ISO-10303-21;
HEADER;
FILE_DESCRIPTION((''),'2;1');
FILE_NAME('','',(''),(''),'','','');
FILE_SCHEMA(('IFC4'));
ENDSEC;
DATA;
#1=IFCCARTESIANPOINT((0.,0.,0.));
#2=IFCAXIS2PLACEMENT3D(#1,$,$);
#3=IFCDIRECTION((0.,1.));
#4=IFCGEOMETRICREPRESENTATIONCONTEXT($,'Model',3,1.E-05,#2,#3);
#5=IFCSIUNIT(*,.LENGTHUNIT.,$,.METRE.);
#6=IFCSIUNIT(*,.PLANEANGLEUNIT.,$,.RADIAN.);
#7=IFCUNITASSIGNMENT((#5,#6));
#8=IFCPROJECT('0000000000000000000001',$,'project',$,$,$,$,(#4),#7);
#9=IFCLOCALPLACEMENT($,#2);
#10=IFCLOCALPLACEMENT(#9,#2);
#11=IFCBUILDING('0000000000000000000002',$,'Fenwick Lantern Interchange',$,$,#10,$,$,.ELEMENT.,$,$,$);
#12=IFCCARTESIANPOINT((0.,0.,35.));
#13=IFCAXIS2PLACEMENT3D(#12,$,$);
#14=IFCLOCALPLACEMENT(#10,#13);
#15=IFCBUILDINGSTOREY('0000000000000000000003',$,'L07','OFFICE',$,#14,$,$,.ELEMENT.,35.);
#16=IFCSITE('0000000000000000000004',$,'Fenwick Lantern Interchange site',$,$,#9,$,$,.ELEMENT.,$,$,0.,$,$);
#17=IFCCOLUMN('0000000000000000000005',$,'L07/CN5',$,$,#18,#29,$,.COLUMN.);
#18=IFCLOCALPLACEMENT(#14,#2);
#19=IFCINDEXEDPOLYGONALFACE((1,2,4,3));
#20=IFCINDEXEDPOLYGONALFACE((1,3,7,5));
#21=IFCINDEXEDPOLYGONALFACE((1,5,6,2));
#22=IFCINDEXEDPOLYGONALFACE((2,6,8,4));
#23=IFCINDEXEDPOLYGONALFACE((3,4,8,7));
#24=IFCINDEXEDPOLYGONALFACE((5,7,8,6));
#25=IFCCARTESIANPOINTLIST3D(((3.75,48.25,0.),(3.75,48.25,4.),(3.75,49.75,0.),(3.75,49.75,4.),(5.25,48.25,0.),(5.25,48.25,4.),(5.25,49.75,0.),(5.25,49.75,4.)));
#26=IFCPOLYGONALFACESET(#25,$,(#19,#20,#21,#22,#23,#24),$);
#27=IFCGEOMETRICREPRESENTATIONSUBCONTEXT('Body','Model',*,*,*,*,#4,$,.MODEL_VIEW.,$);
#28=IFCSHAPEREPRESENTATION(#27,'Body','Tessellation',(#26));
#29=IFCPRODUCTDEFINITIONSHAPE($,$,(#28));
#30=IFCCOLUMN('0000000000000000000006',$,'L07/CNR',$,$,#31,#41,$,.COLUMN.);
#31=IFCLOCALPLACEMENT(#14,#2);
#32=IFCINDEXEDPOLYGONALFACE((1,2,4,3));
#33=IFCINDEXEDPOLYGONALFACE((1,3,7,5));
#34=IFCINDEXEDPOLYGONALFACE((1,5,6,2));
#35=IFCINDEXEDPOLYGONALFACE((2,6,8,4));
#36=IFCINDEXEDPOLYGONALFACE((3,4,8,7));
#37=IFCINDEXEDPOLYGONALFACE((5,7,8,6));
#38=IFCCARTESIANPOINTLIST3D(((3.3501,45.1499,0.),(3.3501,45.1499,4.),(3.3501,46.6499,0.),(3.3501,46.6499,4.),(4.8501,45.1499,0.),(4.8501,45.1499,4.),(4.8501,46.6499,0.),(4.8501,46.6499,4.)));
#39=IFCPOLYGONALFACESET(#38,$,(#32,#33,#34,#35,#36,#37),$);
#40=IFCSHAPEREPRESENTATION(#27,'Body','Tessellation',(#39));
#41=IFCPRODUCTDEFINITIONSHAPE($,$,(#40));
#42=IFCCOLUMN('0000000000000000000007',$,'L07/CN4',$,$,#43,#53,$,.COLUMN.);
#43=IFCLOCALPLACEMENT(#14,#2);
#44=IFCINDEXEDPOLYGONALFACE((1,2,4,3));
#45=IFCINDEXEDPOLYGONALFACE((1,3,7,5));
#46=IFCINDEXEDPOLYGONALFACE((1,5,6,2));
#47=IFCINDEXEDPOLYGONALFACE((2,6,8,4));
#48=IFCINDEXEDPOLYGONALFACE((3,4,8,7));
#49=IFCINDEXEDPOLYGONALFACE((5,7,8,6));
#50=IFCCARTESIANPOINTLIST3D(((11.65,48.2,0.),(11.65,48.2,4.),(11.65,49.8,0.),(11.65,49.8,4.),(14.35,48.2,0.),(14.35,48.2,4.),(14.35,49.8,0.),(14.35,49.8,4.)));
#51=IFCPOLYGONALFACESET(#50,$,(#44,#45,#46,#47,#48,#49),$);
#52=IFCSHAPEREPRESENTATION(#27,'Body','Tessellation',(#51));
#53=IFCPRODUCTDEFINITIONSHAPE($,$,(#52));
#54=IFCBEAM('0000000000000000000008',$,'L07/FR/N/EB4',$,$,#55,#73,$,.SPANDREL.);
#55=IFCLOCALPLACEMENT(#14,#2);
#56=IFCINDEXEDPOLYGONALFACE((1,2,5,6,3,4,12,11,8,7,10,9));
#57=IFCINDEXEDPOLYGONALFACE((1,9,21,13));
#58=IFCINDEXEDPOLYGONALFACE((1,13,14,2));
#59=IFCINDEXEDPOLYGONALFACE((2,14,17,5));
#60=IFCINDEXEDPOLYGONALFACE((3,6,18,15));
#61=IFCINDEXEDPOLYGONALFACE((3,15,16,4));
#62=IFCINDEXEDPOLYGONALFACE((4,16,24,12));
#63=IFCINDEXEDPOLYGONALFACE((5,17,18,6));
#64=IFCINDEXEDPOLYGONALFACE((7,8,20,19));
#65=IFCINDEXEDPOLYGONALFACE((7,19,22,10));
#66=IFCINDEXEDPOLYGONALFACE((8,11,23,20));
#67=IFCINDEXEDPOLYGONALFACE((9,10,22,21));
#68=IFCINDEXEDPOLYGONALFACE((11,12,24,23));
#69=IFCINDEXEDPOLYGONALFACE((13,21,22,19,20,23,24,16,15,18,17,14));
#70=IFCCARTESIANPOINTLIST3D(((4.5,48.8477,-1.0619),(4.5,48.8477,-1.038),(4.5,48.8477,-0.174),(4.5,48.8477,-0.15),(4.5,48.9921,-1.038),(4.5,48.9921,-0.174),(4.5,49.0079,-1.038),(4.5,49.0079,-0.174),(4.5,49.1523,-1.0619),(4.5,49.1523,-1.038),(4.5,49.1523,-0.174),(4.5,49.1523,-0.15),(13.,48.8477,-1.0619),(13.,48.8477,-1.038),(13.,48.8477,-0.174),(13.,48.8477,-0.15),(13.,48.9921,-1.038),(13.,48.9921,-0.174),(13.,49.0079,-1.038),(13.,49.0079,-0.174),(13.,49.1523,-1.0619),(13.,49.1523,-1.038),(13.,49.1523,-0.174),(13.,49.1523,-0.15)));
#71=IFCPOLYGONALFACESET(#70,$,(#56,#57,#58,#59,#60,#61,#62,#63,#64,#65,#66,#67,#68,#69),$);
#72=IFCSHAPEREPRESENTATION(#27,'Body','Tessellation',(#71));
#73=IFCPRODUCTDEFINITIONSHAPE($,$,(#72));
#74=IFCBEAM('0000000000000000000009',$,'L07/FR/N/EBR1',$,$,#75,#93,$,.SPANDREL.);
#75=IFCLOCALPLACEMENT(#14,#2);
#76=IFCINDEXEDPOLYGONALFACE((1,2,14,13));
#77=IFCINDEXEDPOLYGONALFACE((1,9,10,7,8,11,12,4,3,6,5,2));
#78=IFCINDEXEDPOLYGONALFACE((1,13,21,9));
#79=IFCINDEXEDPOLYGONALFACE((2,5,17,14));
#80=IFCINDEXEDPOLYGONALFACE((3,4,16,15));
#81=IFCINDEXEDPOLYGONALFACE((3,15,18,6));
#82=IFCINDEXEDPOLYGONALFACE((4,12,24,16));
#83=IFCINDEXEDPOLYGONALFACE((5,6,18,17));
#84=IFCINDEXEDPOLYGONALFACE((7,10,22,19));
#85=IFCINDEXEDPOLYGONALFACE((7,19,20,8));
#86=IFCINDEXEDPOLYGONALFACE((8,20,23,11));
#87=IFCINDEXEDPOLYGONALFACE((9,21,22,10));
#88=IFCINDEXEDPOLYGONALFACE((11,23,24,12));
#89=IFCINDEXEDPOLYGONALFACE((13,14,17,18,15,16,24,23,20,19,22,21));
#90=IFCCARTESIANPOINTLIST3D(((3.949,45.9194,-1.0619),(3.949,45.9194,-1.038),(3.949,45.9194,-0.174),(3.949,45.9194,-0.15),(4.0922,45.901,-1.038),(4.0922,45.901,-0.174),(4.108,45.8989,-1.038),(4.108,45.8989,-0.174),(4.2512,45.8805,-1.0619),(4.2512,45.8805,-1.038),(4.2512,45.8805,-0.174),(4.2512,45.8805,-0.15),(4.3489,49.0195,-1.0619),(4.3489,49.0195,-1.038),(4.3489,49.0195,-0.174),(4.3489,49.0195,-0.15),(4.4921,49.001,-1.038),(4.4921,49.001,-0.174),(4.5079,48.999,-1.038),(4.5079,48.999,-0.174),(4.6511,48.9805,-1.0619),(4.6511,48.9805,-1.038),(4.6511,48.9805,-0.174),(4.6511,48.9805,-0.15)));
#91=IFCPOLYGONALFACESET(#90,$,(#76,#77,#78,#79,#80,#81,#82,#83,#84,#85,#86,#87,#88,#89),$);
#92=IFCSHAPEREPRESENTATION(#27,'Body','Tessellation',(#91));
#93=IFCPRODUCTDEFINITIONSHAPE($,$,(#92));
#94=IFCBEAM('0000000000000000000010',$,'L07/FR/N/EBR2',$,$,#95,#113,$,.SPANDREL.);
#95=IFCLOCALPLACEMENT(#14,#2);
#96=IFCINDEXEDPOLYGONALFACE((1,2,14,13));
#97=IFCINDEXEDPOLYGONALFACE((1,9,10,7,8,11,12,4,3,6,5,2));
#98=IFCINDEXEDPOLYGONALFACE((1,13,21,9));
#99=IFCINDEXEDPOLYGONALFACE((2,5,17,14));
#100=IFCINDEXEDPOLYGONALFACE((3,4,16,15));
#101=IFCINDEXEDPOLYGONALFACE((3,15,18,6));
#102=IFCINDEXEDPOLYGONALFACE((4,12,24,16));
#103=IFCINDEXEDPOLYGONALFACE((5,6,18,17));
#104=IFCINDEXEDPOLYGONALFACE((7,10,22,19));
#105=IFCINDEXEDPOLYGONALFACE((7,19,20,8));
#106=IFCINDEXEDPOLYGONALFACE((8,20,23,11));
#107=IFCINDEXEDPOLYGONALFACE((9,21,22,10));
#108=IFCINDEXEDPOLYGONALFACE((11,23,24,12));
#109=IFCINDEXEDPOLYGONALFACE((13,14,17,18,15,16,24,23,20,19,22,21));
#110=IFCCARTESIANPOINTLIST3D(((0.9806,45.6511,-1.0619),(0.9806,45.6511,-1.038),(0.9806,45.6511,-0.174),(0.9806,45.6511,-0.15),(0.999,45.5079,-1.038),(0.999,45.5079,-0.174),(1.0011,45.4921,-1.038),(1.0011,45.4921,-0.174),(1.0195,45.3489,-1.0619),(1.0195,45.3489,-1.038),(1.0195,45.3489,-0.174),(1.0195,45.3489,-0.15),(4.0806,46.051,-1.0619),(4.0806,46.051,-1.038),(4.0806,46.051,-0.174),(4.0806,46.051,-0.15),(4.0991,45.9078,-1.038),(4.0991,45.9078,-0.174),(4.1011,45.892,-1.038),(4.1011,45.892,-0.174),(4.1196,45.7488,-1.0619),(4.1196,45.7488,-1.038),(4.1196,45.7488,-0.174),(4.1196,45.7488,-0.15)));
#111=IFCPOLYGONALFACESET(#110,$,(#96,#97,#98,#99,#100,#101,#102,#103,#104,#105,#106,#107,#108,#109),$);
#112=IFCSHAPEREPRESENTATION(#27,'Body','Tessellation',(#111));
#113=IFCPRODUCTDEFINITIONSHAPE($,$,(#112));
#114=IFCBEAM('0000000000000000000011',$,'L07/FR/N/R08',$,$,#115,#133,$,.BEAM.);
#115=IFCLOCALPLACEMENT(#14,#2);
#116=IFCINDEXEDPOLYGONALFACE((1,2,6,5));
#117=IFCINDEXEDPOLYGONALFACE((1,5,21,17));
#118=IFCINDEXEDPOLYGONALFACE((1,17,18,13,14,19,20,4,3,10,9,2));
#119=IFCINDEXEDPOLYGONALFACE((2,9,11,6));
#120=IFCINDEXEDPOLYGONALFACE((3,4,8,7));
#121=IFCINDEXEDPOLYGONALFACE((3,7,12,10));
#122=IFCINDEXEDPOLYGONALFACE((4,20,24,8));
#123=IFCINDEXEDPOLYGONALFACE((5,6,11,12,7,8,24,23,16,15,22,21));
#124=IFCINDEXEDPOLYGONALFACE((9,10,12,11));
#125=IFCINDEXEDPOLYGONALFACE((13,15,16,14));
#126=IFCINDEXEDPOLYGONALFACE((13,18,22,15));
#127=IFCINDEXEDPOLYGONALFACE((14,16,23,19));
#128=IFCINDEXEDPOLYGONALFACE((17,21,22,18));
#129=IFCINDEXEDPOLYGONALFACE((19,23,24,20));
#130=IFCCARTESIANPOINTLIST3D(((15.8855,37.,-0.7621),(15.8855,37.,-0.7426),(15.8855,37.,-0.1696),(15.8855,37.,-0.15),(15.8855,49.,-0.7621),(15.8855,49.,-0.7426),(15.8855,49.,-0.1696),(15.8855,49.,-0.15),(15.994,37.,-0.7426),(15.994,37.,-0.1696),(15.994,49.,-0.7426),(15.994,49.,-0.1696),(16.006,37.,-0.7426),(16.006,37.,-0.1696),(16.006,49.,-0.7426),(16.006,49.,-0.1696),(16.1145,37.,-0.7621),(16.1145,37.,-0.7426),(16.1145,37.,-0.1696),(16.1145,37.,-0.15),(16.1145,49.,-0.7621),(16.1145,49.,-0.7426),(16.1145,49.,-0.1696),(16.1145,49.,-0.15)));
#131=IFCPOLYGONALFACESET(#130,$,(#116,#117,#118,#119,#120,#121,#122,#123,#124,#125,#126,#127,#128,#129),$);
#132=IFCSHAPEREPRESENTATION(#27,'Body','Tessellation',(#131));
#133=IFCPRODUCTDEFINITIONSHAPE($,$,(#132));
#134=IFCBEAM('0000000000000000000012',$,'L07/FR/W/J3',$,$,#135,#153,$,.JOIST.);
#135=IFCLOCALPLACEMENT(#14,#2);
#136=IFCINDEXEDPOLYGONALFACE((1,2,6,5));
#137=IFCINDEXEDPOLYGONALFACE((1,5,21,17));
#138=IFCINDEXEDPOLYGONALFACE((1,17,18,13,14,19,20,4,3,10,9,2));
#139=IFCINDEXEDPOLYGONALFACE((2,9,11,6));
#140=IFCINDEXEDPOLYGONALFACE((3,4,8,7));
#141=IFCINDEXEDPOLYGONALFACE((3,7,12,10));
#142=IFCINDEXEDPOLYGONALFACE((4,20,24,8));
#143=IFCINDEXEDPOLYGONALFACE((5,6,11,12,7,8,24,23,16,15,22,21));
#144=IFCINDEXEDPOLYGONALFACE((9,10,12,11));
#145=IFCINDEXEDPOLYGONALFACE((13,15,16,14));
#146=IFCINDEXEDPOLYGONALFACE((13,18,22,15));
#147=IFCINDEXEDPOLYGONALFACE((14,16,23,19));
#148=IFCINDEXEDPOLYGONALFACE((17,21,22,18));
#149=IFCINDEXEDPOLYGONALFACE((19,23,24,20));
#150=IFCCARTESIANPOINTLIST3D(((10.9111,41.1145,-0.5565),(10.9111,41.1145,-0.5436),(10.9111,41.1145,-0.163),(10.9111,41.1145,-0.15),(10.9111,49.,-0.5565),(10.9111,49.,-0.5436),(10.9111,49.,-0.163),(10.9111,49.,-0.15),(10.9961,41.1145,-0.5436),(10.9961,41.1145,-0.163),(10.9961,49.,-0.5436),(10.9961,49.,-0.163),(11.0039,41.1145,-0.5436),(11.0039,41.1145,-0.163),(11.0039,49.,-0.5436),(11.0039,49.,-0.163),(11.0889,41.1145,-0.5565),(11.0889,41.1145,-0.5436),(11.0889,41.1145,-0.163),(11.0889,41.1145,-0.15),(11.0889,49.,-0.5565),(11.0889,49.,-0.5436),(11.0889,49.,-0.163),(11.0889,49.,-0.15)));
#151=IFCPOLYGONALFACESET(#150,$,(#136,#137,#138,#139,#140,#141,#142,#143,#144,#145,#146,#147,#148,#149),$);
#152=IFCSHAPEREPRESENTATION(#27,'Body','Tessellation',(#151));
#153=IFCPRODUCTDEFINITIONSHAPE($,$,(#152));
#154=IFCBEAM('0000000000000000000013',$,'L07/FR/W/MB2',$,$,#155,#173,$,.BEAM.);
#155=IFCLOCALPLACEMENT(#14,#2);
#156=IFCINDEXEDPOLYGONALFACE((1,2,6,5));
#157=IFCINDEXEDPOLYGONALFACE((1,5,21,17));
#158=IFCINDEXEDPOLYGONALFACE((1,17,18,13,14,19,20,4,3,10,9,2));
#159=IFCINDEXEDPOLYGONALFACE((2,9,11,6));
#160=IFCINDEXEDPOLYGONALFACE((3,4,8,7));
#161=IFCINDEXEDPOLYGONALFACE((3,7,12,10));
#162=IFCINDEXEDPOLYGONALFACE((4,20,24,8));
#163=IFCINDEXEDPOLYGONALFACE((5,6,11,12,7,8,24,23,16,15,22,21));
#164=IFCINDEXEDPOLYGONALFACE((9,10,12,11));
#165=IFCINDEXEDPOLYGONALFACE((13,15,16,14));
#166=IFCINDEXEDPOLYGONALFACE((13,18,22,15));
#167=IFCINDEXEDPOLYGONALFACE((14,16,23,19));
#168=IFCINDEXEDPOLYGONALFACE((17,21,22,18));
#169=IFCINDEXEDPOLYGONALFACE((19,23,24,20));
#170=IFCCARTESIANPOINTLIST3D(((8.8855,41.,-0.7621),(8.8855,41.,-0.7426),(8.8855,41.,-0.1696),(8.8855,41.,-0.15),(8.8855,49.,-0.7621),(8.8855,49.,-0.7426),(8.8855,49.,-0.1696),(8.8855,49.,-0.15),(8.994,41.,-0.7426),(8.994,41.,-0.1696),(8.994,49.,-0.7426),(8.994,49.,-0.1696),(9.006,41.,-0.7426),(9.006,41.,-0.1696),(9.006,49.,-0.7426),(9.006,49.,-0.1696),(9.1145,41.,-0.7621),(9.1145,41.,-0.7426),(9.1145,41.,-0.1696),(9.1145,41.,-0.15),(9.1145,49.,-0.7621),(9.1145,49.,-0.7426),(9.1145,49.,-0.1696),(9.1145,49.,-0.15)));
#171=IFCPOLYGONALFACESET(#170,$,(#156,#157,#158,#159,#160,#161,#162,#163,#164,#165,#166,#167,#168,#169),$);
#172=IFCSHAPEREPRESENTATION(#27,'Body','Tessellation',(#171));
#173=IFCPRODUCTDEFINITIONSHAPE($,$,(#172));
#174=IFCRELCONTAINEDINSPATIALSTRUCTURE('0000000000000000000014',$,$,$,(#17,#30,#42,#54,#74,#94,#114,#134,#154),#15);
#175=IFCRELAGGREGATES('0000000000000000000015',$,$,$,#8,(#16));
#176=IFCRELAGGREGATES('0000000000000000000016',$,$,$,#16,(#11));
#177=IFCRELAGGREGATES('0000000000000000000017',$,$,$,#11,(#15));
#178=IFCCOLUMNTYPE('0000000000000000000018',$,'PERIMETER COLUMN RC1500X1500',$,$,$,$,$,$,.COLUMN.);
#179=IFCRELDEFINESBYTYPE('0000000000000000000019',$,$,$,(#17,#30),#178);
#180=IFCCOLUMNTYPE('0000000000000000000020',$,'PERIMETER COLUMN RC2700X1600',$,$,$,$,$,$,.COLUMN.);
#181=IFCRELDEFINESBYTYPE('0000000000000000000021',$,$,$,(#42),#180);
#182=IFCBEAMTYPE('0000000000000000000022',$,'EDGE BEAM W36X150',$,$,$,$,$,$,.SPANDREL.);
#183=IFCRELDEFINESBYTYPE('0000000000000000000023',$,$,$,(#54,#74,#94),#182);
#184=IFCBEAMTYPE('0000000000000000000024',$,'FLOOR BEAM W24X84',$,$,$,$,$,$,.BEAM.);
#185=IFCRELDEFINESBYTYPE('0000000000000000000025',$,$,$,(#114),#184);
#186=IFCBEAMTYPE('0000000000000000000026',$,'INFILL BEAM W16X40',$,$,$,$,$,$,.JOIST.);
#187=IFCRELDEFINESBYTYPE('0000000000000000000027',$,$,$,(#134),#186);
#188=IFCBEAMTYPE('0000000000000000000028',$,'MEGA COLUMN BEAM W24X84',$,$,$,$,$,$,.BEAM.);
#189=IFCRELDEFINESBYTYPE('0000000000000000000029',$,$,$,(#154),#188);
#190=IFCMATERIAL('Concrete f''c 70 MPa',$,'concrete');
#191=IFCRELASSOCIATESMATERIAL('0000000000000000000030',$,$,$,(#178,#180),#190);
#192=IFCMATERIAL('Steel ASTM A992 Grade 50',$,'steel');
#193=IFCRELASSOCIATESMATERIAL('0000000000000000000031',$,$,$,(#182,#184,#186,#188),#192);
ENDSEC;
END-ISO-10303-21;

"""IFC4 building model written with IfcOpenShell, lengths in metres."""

from ifc_helpers import new_model, si_unit, direction, frame, origin, origin_2d, place, context, subcontext, project, spatial, rectangle, i_section, extrude, material, material_profile, profile_set, type_object, element, save


model = new_model("IFC4")

# Units and contexts
model_context = context("Model", 3, precision=1e-05, world=origin(), true_north=direction((0.0, 1.0)))
body_context = subcontext(model_context, "Body", "Model", "MODEL_VIEW")
ifc_project = project(units=[si_unit("LENGTHUNIT", "METRE"), si_unit("PLANEANGLEUNIT", "RADIAN")], contexts=[model_context])

# Site, building, storey
site_placement = place(None, origin())
site = spatial("IfcSite", under=ifc_project, at=site_placement, Name="Fenwick Lantern Interchange site", CompositionType="ELEMENT", RefElevation=0.0)
building_placement = place(site_placement, origin())
building = spatial("IfcBuilding", under=site, at=building_placement, Name="Fenwick Lantern Interchange", CompositionType="ELEMENT")
storey_placement = place(building_placement, frame((0.0, 0.0, 35.0)))
storey = spatial("IfcBuildingStorey", under=building, at=storey_placement, Name="L07", Description="OFFICE", CompositionType="ELEMENT", Elevation=35.0)

# Columns
ifc_material_1 = material(Name="Concrete f'c 70 MPa", Category="concrete")
ifc_material_profile_1 = material_profile(ifc_material_1, rectangle(XDim=1.5, YDim=1.5, at=origin_2d()), Name="RC1500X1500")
ifc_profile_set_1 = profile_set([ifc_material_profile_1], Name="Concrete f'c 70 MPa")
column_type_1 = type_object("IfcColumnType", Name="PERIMETER COLUMN RC1500X1500", PredefinedType="COLUMN", material=ifc_profile_set_1)
for number, where, z_axis, x_axis, name in (
    (1, (4.5, 49.0, 0.0), (0.0, 0.0, 1.0), (1.0, 0.0, 0.0), "L07/CN5"),
    (2, (4.1001, 45.8999, 0.0), (0.0, 0.0, 1.0), (1.0, 0.0, 0.0), "L07/CNR"),
):
    element("IfcColumn", number, at=place(storey_placement, frame(where, z_axis=z_axis, x_axis=x_axis)), inside=storey, type_object=column_type_1, Name=name, PredefinedType="COLUMN", context=body_context, shape_type="SweptSolid", body=[
        extrude(rectangle(XDim=1.5, YDim=1.5, at=origin_2d()), origin(), (0.0, 0.0, 1.0), 4.0),
    ])
ifc_material_profile_2 = material_profile(ifc_material_1, rectangle(XDim=2.7, YDim=1.6001, at=origin_2d()), Name="RC2700X1600")
ifc_profile_set_2 = profile_set([ifc_material_profile_2], Name="Concrete f'c 70 MPa")
column_type_2 = type_object("IfcColumnType", Name="PERIMETER COLUMN RC2700X1600", PredefinedType="COLUMN", material=ifc_profile_set_2)
column_placement = place(storey_placement, frame((13.0, 49.0, 0.0), z_axis=(0.0, 0.0, 1.0), x_axis=(1.0, 0.0, 0.0)))
element("IfcColumn", 3, at=column_placement, inside=storey, type_object=column_type_2, Name="L07/CN4", PredefinedType="COLUMN", context=body_context, shape_type="SweptSolid", body=[
    extrude(rectangle(XDim=2.7, YDim=1.6001, at=origin_2d()), origin(), (0.0, 0.0, 1.0), 4.0),
])

# Beams
ifc_material_2 = material(Name="Steel ASTM A992 Grade 50", Category="steel")
ifc_material_profile_3 = material_profile(ifc_material_2, i_section(OverallWidth=0.3047, OverallDepth=0.9119, WebThickness=0.0159, FlangeThickness=0.0239, at=origin_2d()), Name="W36X150")
ifc_profile_set_3 = profile_set([ifc_material_profile_3], Name="Steel ASTM A992 Grade 50")
beam_type_1 = type_object("IfcBeamType", Name="EDGE BEAM W36X150", PredefinedType="SPANDREL", material=ifc_profile_set_3)
beam_1_placement = place(storey_placement, frame((13.0, 49.0, -0.606), z_axis=(-1.0, 0.0, 0.0), x_axis=(0.0, -1.0, 0.0)))
element("IfcBeam", 4, at=beam_1_placement, inside=storey, type_object=beam_type_1, Name="L07/FR/N/EB4", PredefinedType="SPANDREL", context=body_context, shape_type="SweptSolid", body=[
    extrude(i_section(OverallWidth=0.3047, OverallDepth=0.9119, WebThickness=0.0159, FlangeThickness=0.0239, at=origin_2d()), origin(), (0.0, 0.0, 1.0), 8.5),
])
for number, where, z_axis, x_axis, name in (
    (5, (4.5, 49.0, -0.606), (-0.127937, -0.991782, 0.0), (0.991782, -0.127937, 0.0), "L07/FR/N/EBR1"),
    (6, (4.1001, 45.8999, -0.606), (-0.991782, -0.127937, 0.0), (0.127937, -0.991782, 0.0), "L07/FR/N/EBR2"),
):
    element("IfcBeam", number, at=place(storey_placement, frame(where, z_axis=z_axis, x_axis=x_axis)), inside=storey, type_object=beam_type_1, Name=name, PredefinedType="SPANDREL", context=body_context, shape_type="SweptSolid", body=[
        extrude(i_section(OverallWidth=0.3047, OverallDepth=0.9119, WebThickness=0.0159, FlangeThickness=0.0239, at=origin_2d()), origin(), (0.0, 0.0, 1.0), 3.1257),
    ])
ifc_material_profile_4 = material_profile(ifc_material_2, i_section(OverallWidth=0.229, OverallDepth=0.6121, WebThickness=0.012, FlangeThickness=0.0195, at=origin_2d()), Name="W24X84")
ifc_profile_set_4 = profile_set([ifc_material_profile_4], Name="Steel ASTM A992 Grade 50")
beam_type_2 = type_object("IfcBeamType", Name="FLOOR BEAM W24X84", PredefinedType="BEAM", material=ifc_profile_set_4)
beam_2_placement = place(storey_placement, frame((16.0, 49.0, -0.4561), z_axis=(0.0, -1.0, 0.0), x_axis=(1.0, 0.0, 0.0)))
element("IfcBeam", 7, at=beam_2_placement, inside=storey, type_object=beam_type_2, Name="L07/FR/N/R08", PredefinedType="BEAM", context=body_context, shape_type="SweptSolid", body=[
    extrude(i_section(OverallWidth=0.229, OverallDepth=0.6121, WebThickness=0.012, FlangeThickness=0.0195, at=origin_2d()), origin(), (0.0, 0.0, 1.0), 12.0),
])
ifc_material_profile_5 = material_profile(ifc_material_2, i_section(OverallWidth=0.1777, OverallDepth=0.4065, WebThickness=0.0078, FlangeThickness=0.0129, at=origin_2d()), Name="W16X40")
ifc_profile_set_5 = profile_set([ifc_material_profile_5], Name="Steel ASTM A992 Grade 50")
beam_type_3 = type_object("IfcBeamType", Name="INFILL BEAM W16X40", PredefinedType="JOIST", material=ifc_profile_set_5)
beam_3_placement = place(storey_placement, frame((11.0, 49.0, -0.3533), z_axis=(0.0, -1.0, 0.0), x_axis=(1.0, 0.0, 0.0)))
element("IfcBeam", 8, at=beam_3_placement, inside=storey, type_object=beam_type_3, Name="L07/FR/W/J3", PredefinedType="JOIST", context=body_context, shape_type="SweptSolid", body=[
    extrude(i_section(OverallWidth=0.1777, OverallDepth=0.4065, WebThickness=0.0078, FlangeThickness=0.0129, at=origin_2d()), origin(), (0.0, 0.0, 1.0), 7.8855),
])
ifc_material_profile_6 = material_profile(ifc_material_2, i_section(OverallWidth=0.229, OverallDepth=0.6121, WebThickness=0.012, FlangeThickness=0.0195, at=origin_2d()), Name="W24X84")
ifc_profile_set_6 = profile_set([ifc_material_profile_6], Name="Steel ASTM A992 Grade 50")
beam_type_4 = type_object("IfcBeamType", Name="MEGA COLUMN BEAM W24X84", PredefinedType="BEAM", material=ifc_profile_set_6)
beam_4_placement = place(storey_placement, frame((9.0, 41.0, -0.4561), z_axis=(0.0, 1.0, 0.0), x_axis=(-1.0, 0.0, 0.0)))
element("IfcBeam", 9, at=beam_4_placement, inside=storey, type_object=beam_type_4, Name="L07/FR/W/MB2", PredefinedType="BEAM", context=body_context, shape_type="SweptSolid", body=[
    extrude(i_section(OverallWidth=0.229, OverallDepth=0.6121, WebThickness=0.012, FlangeThickness=0.0195, at=origin_2d()), origin(), (0.0, 0.0, 1.0), 8.0),
])

save(model, "model.ifc")
